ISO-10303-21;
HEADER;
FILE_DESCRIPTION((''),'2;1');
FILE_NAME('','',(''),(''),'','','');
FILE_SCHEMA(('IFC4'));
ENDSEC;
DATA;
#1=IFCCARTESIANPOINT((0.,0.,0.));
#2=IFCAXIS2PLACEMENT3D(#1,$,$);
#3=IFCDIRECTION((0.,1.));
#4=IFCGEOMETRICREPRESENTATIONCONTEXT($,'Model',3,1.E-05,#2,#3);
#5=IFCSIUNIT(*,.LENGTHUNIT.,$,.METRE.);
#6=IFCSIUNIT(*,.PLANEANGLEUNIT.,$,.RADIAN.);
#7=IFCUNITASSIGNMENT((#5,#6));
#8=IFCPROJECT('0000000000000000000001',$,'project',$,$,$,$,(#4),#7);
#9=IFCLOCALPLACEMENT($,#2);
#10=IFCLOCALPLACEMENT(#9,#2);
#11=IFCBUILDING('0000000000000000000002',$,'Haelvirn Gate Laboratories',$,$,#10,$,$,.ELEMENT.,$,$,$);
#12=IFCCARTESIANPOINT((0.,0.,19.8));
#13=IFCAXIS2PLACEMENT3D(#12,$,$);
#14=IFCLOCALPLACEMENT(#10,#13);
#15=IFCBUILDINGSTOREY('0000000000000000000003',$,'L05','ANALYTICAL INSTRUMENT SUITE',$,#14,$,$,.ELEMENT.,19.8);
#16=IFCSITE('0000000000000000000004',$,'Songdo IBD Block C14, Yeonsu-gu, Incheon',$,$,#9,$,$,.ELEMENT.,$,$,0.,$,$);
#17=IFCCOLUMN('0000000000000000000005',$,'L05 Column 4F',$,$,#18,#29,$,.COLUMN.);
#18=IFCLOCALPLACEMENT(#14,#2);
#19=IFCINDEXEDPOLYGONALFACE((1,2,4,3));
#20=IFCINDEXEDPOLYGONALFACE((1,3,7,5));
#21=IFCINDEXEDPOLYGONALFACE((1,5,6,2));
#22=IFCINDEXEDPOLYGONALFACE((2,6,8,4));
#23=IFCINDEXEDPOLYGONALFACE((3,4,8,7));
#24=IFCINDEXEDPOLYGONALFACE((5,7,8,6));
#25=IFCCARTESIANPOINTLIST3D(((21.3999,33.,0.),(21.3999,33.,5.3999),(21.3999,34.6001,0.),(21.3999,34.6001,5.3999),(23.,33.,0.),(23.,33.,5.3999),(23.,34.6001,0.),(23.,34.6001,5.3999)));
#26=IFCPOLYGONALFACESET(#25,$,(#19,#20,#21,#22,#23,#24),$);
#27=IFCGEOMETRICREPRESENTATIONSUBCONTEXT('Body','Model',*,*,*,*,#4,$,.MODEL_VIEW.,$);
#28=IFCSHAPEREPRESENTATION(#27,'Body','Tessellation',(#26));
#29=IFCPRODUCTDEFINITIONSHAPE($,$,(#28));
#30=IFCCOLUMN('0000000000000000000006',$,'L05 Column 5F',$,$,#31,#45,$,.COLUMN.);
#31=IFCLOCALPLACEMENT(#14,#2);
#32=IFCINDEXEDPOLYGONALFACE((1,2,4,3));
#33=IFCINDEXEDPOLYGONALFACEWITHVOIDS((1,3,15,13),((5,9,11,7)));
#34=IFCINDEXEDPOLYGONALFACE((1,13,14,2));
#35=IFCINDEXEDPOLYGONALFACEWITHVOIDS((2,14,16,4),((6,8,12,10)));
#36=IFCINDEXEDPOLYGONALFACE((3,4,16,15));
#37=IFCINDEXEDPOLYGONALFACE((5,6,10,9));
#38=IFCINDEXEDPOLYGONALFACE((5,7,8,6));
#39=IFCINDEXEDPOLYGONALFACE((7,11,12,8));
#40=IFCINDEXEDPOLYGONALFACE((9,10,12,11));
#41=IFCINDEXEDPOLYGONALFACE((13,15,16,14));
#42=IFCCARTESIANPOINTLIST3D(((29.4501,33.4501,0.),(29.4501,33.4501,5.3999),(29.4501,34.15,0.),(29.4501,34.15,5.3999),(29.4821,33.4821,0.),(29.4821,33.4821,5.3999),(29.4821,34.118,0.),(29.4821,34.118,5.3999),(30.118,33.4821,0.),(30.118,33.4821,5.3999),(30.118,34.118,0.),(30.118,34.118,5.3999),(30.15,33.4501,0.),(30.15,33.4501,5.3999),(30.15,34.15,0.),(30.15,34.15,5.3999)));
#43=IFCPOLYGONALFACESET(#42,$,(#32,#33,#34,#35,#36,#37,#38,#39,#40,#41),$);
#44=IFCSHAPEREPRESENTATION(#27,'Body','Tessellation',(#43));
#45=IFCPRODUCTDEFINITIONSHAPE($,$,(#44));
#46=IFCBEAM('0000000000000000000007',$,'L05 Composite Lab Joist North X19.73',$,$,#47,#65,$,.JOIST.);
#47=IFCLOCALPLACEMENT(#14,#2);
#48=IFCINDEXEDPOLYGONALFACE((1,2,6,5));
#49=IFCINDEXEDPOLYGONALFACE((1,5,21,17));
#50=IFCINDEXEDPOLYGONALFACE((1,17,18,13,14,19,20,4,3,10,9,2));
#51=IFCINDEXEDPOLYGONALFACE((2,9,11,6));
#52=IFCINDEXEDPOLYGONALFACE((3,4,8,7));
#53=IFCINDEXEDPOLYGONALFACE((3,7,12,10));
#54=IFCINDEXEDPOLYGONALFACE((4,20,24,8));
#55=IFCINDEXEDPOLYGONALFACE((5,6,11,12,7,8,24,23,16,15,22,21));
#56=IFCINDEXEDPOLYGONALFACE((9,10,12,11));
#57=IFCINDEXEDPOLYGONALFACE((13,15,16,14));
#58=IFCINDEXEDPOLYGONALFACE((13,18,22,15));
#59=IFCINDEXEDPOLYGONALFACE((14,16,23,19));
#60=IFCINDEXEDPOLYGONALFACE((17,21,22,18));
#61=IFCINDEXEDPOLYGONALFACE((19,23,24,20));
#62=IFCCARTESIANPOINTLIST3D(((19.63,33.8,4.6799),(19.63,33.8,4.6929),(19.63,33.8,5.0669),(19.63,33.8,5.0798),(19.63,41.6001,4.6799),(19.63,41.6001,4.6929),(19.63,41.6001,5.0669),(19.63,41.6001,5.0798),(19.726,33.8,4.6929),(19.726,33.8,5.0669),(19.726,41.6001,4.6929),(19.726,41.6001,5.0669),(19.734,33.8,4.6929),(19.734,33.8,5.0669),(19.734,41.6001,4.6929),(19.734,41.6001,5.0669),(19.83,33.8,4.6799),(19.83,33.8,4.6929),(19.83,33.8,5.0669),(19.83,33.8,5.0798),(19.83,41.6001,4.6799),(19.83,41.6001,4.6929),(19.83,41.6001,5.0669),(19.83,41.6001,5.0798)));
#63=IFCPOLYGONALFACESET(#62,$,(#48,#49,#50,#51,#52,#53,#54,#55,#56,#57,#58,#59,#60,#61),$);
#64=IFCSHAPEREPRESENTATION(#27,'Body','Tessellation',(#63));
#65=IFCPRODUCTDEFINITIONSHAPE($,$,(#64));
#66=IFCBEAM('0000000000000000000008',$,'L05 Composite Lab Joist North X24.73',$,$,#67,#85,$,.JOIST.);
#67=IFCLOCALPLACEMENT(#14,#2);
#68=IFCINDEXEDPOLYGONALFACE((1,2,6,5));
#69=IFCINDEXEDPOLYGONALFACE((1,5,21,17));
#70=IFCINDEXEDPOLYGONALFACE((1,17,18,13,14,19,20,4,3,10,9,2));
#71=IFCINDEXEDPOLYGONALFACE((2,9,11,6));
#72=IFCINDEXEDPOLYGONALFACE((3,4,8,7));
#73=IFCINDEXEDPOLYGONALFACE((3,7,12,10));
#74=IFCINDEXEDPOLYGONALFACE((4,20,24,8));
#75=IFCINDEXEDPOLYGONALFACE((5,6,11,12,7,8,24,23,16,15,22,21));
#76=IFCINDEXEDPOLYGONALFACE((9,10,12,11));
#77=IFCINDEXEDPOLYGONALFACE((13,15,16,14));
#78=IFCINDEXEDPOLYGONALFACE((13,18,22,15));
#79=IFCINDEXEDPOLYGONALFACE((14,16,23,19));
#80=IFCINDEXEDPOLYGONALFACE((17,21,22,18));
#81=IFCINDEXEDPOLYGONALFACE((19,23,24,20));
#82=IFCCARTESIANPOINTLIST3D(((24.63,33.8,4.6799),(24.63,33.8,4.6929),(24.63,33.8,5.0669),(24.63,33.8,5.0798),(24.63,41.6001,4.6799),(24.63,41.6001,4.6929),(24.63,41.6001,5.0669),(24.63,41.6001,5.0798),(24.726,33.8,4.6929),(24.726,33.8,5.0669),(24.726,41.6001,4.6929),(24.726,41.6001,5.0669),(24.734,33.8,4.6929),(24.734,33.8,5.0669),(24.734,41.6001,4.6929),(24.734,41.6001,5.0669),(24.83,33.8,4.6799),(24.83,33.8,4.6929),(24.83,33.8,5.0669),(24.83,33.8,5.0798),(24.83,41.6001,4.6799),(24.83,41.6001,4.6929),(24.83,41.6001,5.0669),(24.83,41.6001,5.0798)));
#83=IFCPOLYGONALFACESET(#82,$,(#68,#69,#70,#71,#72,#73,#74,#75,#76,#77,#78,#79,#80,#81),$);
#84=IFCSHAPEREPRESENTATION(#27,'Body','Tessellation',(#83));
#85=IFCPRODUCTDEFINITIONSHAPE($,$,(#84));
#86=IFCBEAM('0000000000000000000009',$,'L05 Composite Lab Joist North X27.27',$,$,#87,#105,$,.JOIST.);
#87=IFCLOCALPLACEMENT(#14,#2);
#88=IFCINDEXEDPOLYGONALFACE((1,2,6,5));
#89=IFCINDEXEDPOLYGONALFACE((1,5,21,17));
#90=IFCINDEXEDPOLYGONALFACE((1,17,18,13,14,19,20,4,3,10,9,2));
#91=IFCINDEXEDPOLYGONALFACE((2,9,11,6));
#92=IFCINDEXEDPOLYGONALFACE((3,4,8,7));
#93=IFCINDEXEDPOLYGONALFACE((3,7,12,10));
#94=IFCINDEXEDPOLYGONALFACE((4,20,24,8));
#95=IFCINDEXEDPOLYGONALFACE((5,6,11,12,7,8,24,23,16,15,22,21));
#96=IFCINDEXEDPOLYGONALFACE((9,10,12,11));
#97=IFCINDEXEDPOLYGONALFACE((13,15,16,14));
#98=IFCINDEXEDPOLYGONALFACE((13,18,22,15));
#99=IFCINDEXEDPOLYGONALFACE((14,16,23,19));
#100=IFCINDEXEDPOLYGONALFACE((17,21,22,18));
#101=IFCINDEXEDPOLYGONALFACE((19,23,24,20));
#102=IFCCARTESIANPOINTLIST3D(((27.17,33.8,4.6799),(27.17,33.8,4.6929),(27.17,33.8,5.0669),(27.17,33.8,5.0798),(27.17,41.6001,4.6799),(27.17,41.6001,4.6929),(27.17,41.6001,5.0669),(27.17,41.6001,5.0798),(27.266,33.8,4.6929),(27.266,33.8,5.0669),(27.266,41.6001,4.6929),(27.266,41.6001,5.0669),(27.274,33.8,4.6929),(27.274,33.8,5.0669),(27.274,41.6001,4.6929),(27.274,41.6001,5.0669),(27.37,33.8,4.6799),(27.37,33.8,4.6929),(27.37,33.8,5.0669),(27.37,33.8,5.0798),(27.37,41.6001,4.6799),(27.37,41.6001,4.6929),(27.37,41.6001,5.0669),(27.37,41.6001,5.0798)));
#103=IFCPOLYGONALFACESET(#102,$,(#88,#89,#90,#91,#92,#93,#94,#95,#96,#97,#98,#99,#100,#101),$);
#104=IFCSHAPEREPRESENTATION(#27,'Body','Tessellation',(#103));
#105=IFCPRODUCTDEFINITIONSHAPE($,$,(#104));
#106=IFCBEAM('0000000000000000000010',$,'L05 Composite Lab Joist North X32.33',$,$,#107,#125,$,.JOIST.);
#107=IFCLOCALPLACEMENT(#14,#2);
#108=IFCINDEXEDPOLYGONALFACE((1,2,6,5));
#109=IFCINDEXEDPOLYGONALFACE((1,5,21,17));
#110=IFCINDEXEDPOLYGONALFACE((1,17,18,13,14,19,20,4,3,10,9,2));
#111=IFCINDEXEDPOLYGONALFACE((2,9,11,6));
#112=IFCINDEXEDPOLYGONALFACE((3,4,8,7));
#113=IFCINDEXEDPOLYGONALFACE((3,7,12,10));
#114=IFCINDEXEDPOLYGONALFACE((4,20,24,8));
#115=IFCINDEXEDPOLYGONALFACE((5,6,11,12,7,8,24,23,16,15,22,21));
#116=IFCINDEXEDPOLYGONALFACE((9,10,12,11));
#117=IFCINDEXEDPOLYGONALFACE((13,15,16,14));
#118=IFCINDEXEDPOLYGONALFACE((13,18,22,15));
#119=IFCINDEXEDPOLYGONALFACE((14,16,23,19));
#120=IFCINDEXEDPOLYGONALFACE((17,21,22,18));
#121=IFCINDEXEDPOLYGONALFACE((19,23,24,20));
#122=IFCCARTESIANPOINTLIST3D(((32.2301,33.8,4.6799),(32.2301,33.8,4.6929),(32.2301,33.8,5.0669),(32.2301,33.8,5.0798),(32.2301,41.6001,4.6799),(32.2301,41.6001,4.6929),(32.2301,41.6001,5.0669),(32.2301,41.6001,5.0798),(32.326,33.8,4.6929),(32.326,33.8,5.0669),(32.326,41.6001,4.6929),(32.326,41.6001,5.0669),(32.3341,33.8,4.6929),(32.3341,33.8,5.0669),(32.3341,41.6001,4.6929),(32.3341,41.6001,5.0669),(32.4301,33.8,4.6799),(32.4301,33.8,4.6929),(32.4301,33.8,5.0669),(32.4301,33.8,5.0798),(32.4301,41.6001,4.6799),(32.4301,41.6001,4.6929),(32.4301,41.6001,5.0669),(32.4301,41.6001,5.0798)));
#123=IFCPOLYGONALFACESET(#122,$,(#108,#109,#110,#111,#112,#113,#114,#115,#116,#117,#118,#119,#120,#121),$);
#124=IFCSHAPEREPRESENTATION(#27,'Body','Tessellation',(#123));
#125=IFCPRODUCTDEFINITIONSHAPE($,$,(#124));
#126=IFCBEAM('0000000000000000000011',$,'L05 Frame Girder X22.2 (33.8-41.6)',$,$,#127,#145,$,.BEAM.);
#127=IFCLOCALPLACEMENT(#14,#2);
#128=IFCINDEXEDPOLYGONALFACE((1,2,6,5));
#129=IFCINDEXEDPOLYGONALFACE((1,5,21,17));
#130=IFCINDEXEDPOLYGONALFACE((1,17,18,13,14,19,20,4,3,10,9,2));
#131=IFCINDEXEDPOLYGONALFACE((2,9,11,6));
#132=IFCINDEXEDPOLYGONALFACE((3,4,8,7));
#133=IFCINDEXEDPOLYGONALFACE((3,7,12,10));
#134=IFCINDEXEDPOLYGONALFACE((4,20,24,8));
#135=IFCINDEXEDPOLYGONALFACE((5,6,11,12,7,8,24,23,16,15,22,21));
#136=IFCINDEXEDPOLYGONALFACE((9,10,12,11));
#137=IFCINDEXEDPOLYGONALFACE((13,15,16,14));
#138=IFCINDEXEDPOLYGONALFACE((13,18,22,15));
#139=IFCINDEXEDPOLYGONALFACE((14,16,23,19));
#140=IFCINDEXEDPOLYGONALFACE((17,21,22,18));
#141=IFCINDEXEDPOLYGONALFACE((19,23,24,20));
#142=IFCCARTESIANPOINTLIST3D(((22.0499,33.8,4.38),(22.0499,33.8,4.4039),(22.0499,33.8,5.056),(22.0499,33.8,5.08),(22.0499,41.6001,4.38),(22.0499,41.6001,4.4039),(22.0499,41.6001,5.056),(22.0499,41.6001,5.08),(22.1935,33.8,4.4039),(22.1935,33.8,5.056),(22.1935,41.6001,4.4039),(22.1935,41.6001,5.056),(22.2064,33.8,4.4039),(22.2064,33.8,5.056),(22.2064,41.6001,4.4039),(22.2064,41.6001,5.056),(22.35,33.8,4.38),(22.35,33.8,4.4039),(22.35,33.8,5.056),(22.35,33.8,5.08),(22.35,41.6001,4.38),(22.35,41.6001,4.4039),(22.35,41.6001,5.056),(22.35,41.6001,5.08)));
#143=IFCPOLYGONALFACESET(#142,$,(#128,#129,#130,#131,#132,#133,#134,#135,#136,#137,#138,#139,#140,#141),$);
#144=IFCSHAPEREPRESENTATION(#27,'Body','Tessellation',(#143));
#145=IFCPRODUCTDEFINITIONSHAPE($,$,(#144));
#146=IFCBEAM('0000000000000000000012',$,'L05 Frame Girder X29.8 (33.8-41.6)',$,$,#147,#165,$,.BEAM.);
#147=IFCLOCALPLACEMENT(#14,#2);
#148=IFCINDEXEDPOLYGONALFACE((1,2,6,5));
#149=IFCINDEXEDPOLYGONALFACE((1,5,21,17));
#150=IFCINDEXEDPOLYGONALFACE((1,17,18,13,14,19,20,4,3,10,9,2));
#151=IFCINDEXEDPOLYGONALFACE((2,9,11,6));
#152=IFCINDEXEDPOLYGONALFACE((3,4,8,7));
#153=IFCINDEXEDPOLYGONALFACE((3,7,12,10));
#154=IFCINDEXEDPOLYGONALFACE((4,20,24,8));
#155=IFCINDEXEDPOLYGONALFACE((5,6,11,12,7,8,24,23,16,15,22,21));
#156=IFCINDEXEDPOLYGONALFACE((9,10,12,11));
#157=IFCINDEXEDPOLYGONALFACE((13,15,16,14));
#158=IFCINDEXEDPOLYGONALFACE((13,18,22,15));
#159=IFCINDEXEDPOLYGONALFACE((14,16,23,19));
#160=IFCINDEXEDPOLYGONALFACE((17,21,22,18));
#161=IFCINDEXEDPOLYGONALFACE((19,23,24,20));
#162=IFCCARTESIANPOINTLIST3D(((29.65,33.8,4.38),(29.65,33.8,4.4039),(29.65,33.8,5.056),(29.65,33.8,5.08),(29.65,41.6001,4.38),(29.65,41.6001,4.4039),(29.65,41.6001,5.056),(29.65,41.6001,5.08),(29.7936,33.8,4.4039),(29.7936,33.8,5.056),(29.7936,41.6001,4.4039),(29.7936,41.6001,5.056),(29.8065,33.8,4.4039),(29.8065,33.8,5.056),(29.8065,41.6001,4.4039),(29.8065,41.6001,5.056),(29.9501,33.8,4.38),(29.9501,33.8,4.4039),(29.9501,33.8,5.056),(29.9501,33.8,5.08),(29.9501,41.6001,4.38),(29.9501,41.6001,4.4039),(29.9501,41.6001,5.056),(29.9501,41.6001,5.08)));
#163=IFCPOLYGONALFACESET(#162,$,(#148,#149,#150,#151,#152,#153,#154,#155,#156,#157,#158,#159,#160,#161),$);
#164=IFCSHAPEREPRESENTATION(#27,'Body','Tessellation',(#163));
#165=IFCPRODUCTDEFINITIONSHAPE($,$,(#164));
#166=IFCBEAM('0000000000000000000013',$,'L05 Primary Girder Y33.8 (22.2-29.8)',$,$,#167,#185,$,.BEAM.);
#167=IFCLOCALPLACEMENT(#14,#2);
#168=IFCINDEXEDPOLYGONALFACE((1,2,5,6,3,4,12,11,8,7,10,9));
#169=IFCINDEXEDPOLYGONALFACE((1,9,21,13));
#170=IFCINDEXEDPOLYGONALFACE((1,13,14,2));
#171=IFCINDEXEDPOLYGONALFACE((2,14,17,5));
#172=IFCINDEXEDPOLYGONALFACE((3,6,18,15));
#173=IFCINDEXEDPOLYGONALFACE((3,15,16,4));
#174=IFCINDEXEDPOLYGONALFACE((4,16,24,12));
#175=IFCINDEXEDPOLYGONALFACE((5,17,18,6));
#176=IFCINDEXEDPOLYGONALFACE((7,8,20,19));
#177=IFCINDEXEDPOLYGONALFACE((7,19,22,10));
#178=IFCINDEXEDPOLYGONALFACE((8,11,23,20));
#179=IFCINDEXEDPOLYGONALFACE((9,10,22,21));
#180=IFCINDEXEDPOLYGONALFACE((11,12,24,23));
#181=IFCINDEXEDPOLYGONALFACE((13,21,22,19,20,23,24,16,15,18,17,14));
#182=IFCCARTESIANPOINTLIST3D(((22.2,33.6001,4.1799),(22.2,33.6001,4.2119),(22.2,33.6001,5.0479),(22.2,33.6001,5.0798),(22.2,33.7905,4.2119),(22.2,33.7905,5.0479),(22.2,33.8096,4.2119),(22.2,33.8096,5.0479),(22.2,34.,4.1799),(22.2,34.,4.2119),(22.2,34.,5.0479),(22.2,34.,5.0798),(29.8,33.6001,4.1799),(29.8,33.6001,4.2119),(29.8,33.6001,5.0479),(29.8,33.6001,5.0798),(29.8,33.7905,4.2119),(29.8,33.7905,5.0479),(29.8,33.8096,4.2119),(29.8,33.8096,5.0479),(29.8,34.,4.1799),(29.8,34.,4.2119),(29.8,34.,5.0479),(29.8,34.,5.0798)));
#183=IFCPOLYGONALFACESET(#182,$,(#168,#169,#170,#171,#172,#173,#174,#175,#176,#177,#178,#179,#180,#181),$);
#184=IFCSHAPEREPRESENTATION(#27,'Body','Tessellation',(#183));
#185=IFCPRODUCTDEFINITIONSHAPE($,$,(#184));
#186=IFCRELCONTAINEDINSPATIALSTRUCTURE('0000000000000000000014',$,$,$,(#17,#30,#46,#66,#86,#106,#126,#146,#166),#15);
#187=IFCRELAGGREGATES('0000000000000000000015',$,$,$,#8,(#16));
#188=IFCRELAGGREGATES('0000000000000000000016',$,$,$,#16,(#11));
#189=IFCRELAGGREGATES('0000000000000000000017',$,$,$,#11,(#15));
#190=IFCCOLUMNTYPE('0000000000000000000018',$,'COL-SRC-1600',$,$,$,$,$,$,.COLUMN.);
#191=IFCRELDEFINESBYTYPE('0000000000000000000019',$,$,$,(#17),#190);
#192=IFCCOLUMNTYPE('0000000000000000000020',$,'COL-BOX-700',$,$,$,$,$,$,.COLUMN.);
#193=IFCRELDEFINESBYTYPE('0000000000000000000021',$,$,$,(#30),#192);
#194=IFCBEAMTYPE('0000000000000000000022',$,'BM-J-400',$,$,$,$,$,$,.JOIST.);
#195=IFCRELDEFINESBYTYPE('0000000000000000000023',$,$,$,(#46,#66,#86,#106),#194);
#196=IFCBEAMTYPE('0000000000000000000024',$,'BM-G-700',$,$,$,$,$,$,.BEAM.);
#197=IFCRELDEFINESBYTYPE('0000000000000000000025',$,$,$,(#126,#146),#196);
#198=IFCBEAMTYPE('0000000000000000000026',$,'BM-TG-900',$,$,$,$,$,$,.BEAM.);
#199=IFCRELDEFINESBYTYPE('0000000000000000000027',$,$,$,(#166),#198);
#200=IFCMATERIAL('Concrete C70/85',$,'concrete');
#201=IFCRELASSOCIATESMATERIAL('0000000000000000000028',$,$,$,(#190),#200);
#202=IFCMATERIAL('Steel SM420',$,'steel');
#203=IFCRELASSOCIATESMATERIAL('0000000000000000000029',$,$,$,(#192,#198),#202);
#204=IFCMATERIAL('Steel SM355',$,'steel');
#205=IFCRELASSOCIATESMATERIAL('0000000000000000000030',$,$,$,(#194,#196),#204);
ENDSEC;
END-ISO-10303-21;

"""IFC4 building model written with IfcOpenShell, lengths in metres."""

from ifc_helpers import new_model, si_unit, direction, frame, origin, origin_2d, place, context, subcontext, project, spatial, rectangle, hollow_rectangle, i_section, extrude, source, transform, mapped, material, material_profile, profile_set, type_object, type_shapes, element, save


model = new_model("IFC4")

# Units and contexts
model_context = context("Model", 3, precision=1e-05, world=origin(), true_north=direction((0.0, 1.0)))
body_context = subcontext(model_context, "Body", "Model", "MODEL_VIEW")
ifc_project = project(units=[si_unit("LENGTHUNIT", "METRE"), si_unit("PLANEANGLEUNIT", "RADIAN")], contexts=[model_context])

# Site, building, storey
site_placement = place(None, origin())
site = spatial("IfcSite", under=ifc_project, at=site_placement, Name="Songdo IBD Block C14, Yeonsu-gu, Incheon", CompositionType="ELEMENT", RefElevation=0.0)
building_placement = place(site_placement, origin())
building = spatial("IfcBuilding", under=site, at=building_placement, Name="Haelvirn Gate Laboratories", CompositionType="ELEMENT")
storey_placement = place(building_placement, frame((0.0, 0.0, 19.8)))
storey = spatial("IfcBuildingStorey", under=building, at=storey_placement, Name="L05", Description="ANALYTICAL INSTRUMENT SUITE", CompositionType="ELEMENT", Elevation=19.8)

# Columns
ifc_material_1 = material(Name="Concrete C70/85", Category="concrete")
ifc_material_profile_1 = material_profile(ifc_material_1, rectangle(XDim=1.6001, YDim=1.6001, at=origin_2d()), Name="SRC-1600x1600")
ifc_profile_set_1 = profile_set([ifc_material_profile_1], Name="Concrete C70/85")
column_type_1 = type_object("IfcColumnType", Name="COL-SRC-1600", PredefinedType="COLUMN", material=ifc_profile_set_1)
shared_shape_1 = source(origin(), body_context, "Body", "SweptSolid", [
    extrude(rectangle(XDim=1.6001, YDim=1.6001, at=origin_2d()), origin(), (0.0, 0.0, 1.0), 5.3999),
])
type_shapes(column_type_1, [shared_shape_1])
column_1_placement = place(storey_placement, frame((22.2, 33.8, 0.0), z_axis=(0.0, 0.0, 1.0), x_axis=(1.0, 0.0, 0.0)))
element("IfcColumn", 1, at=column_1_placement, inside=storey, type_object=column_type_1, Name="L05 Column 4F", PredefinedType="COLUMN", context=body_context, shape_type="MappedRepresentation", body=[
    mapped(shared_shape_1, transform((0.0, 0.0, 0.0), scale=1.0)),
])
ifc_material_2 = material(Name="Steel SM420", Category="steel")
ifc_material_profile_2 = material_profile(ifc_material_2, hollow_rectangle(XDim=0.7, YDim=0.7, WallThickness=0.032, at=origin_2d()), Name="BOX-700x700x32")
ifc_profile_set_2 = profile_set([ifc_material_profile_2], Name="Steel SM420")
column_type_2 = type_object("IfcColumnType", Name="COL-BOX-700", PredefinedType="COLUMN", material=ifc_profile_set_2)
shared_shape_2 = source(origin(), body_context, "Body", "SweptSolid", [
    extrude(hollow_rectangle(XDim=0.7, YDim=0.7, WallThickness=0.032, at=origin_2d()), origin(), (0.0, 0.0, 1.0), 5.3999),
])
type_shapes(column_type_2, [shared_shape_2])
column_2_placement = place(storey_placement, frame((29.8, 33.8, 0.0), z_axis=(0.0, 0.0, 1.0), x_axis=(1.0, 0.0, 0.0)))
element("IfcColumn", 2, at=column_2_placement, inside=storey, type_object=column_type_2, Name="L05 Column 5F", PredefinedType="COLUMN", context=body_context, shape_type="MappedRepresentation", body=[
    mapped(shared_shape_2, transform((0.0, 0.0, 0.0), scale=1.0)),
])

# Beams
ifc_material_3 = material(Name="Steel SM355", Category="steel")
ifc_material_profile_3 = material_profile(ifc_material_3, i_section(OverallWidth=0.2, OverallDepth=0.3999, WebThickness=0.0081, FlangeThickness=0.0129, at=origin_2d()), Name="H-400x200x8x13")
ifc_profile_set_3 = profile_set([ifc_material_profile_3], Name="Steel SM355")
beam_type_1 = type_object("IfcBeamType", Name="BM-J-400", PredefinedType="JOIST", material=ifc_profile_set_3)
shared_shape_3 = source(origin(), body_context, "Body", "SweptSolid", [
    extrude(i_section(OverallWidth=0.2, OverallDepth=0.3999, WebThickness=0.0081, FlangeThickness=0.0129, at=origin_2d()), origin(), (0.0, 0.0, 1.0), 7.8),
])
type_shapes(beam_type_1, [shared_shape_3])
for number, where, z_axis, x_axis, name in (
    (3, (19.73, 33.8, 4.8799), (0.0, 1.0, 0.0), (-1.0, 0.0, 0.0), "L05 Composite Lab Joist North X19.73"),
    (4, (24.73, 33.8, 4.8799), (0.0, 1.0, 0.0), (-1.0, 0.0, 0.0), "L05 Composite Lab Joist North X24.73"),
    (5, (27.27, 33.8, 4.8799), (0.0, 1.0, 0.0), (-1.0, 0.0, 0.0), "L05 Composite Lab Joist North X27.27"),
    (6, (32.3301, 33.8, 4.8799), (0.0, 1.0, 0.0), (-1.0, 0.0, 0.0), "L05 Composite Lab Joist North X32.33"),
):
    element("IfcBeam", number, at=place(storey_placement, frame(where, z_axis=z_axis, x_axis=x_axis)), inside=storey, type_object=beam_type_1, Name=name, PredefinedType="JOIST", context=body_context, shape_type="MappedRepresentation", body=[
        mapped(shared_shape_3, transform((0.0, 0.0, 0.0), scale=1.0)),
    ])
ifc_material_profile_4 = material_profile(ifc_material_3, i_section(OverallWidth=0.3, OverallDepth=0.7, WebThickness=0.0129, FlangeThickness=0.0239, at=origin_2d()), Name="H-700x300x13x24")
ifc_profile_set_4 = profile_set([ifc_material_profile_4], Name="Steel SM355")
beam_type_2 = type_object("IfcBeamType", Name="BM-G-700", PredefinedType="BEAM", material=ifc_profile_set_4)
shared_shape_4 = source(origin(), body_context, "Body", "SweptSolid", [
    extrude(i_section(OverallWidth=0.3, OverallDepth=0.7, WebThickness=0.0129, FlangeThickness=0.0239, at=origin_2d()), origin(), (0.0, 0.0, 1.0), 7.8),
])
type_shapes(beam_type_2, [shared_shape_4])
for number, where, z_axis, x_axis, name in (
    (7, (22.2, 33.8, 4.73), (0.0, 1.0, 0.0), (-1.0, 0.0, 0.0), "L05 Frame Girder X22.2 (33.8-41.6)"),
    (8, (29.8, 33.8, 4.73), (0.0, 1.0, 0.0), (-1.0, 0.0, 0.0), "L05 Frame Girder X29.8 (33.8-41.6)"),
):
    element("IfcBeam", number, at=place(storey_placement, frame(where, z_axis=z_axis, x_axis=x_axis)), inside=storey, type_object=beam_type_2, Name=name, PredefinedType="BEAM", context=body_context, shape_type="MappedRepresentation", body=[
        mapped(shared_shape_4, transform((0.0, 0.0, 0.0), scale=1.0)),
    ])
ifc_material_profile_5 = material_profile(ifc_material_2, i_section(OverallWidth=0.3999, OverallDepth=0.8999, WebThickness=0.019, FlangeThickness=0.032, at=origin_2d()), Name="H-900x400x19x32")
ifc_profile_set_5 = profile_set([ifc_material_profile_5], Name="Steel SM420")
beam_type_3 = type_object("IfcBeamType", Name="BM-TG-900", PredefinedType="BEAM", material=ifc_profile_set_5)
shared_shape_5 = source(origin(), body_context, "Body", "SweptSolid", [
    extrude(i_section(OverallWidth=0.3999, OverallDepth=0.8999, WebThickness=0.019, FlangeThickness=0.032, at=origin_2d()), origin(), (0.0, 0.0, 1.0), 7.6001),
])
beam_1_placement = place(storey_placement, frame((22.2, 33.8, 4.6299), z_axis=(1.0, 0.0, 0.0), x_axis=(0.0, 1.0, 0.0)))
element("IfcBeam", 9, at=beam_1_placement, inside=storey, type_object=beam_type_3, Name="L05 Primary Girder Y33.8 (22.2-29.8)", PredefinedType="BEAM", context=body_context, shape_type="MappedRepresentation", body=[
    mapped(shared_shape_5, transform((0.0, 0.0, 0.0), scale=1.0)),
])

save(model, "model.ifc")
